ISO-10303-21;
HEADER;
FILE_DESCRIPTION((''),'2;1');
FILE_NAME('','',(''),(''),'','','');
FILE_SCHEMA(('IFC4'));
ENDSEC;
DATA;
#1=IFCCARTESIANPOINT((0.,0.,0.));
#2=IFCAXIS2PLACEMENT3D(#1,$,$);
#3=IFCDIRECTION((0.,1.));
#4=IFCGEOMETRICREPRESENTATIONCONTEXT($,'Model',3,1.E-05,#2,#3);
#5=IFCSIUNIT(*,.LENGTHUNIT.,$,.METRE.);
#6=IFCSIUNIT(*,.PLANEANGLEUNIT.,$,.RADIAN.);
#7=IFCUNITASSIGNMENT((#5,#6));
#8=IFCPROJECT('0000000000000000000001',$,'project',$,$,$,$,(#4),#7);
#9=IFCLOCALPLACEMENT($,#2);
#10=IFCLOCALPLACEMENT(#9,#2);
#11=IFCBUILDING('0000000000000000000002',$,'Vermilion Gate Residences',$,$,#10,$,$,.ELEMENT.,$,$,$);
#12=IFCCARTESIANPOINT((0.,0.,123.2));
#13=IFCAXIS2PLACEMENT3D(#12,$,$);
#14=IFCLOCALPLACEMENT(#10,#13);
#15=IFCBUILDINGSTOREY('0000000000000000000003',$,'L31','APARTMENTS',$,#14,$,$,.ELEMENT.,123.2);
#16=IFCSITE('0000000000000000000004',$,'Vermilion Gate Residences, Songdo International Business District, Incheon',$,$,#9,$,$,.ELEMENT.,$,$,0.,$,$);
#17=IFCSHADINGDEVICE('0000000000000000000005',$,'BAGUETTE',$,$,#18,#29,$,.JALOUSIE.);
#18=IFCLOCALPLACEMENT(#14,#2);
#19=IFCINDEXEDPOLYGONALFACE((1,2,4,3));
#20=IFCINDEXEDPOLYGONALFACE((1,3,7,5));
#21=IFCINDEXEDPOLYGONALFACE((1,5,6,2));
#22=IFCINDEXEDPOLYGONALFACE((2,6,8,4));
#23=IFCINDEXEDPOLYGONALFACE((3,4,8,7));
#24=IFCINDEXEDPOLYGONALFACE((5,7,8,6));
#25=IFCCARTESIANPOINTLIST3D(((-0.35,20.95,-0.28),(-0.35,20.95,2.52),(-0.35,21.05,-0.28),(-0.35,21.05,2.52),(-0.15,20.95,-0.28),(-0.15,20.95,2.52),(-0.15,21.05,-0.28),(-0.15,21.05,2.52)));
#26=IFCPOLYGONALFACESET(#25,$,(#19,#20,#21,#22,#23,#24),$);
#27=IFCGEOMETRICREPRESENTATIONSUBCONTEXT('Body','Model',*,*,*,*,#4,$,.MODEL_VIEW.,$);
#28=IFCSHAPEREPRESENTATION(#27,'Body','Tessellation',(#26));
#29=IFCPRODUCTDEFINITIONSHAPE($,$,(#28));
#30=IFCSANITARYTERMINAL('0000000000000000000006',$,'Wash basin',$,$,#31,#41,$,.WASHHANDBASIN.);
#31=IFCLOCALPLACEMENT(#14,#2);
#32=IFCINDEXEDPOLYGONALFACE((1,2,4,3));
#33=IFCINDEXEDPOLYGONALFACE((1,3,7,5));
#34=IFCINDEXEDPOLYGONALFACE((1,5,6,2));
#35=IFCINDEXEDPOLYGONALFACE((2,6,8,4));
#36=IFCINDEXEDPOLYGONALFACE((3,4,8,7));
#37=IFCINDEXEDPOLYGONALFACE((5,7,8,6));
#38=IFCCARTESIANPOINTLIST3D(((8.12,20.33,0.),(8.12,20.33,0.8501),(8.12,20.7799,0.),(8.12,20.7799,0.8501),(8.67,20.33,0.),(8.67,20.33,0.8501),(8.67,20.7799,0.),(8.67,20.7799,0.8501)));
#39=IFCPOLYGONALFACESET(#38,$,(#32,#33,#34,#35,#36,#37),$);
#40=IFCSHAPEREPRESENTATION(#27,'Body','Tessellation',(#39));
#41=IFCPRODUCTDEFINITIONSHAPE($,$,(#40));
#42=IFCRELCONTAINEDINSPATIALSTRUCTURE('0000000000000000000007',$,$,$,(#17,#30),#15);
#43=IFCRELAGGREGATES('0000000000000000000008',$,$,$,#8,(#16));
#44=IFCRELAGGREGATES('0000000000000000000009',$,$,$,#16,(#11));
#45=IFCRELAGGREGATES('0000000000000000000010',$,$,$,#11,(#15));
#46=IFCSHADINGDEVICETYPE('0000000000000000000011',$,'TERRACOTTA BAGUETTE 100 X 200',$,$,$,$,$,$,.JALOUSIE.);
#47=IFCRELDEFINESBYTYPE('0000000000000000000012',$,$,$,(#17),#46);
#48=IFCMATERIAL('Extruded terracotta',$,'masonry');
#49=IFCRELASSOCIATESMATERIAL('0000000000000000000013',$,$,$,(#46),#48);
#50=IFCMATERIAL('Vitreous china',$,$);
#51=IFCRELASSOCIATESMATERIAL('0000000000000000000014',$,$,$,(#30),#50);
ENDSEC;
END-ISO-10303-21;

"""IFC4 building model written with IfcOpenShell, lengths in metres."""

from ifc_helpers import new_model, si_unit, direction, frame, origin, origin_2d, place, context, subcontext, project, spatial, rectangle, extrude, material, material_profile, profile_set, type_object, element, save


model = new_model("IFC4")

# Units and contexts
model_context = context("Model", 3, precision=1e-05, world=origin(), true_north=direction((0.0, 1.0)))
body_context = subcontext(model_context, "Body", "Model", "MODEL_VIEW")
ifc_project = project(units=[si_unit("LENGTHUNIT", "METRE"), si_unit("PLANEANGLEUNIT", "RADIAN")], contexts=[model_context])

# Site, building, storey
site_placement = place(None, origin())
site = spatial("IfcSite", under=ifc_project, at=site_placement, Name="Vermilion Gate Residences, Songdo International Business District, Incheon", CompositionType="ELEMENT", RefElevation=0.0)
building_placement = place(site_placement, origin())
building = spatial("IfcBuilding", under=site, at=building_placement, Name="Vermilion Gate Residences", CompositionType="ELEMENT")
storey_placement = place(building_placement, frame((0.0, 0.0, 123.2)))
storey = spatial("IfcBuildingStorey", under=building, at=storey_placement, Name="L31", Description="APARTMENTS", CompositionType="ELEMENT", Elevation=123.2)

# Shading device
ifc_material_1 = material(Name="Extruded terracotta", Category="masonry")
ifc_material_profile_1 = material_profile(ifc_material_1, rectangle(XDim=0.2, YDim=0.1001, at=origin_2d()), Name="BAGUETTE 100 X 200")
ifc_profile_set_1 = profile_set([ifc_material_profile_1], Name="Extruded terracotta")
shading_device_type = type_object("IfcShadingDeviceType", Name="TERRACOTTA BAGUETTE 100 X 200", PredefinedType="JALOUSIE", material=ifc_profile_set_1)
shading_device_placement = place(storey_placement, frame((-0.25, 21.0, -0.28), z_axis=(0.0, 0.0, 1.0), x_axis=(1.0, 0.0, 0.0)))
element("IfcShadingDevice", 1, at=shading_device_placement, inside=storey, type_object=shading_device_type, Name="BAGUETTE", PredefinedType="JALOUSIE", context=body_context, shape_type="SweptSolid", body=[
    extrude(rectangle(XDim=0.2, YDim=0.1001, at=origin_2d()), origin(), (0.0, 0.0, 1.0), 2.8),
])

# Sanitary terminal
ifc_material_2 = material(Name="Vitreous china")
sanitary_terminal_placement = place(storey_placement, frame((8.395, 20.5549, 0.0), z_axis=(0.0, 0.0, 1.0), x_axis=(1.0, 0.0, 0.0)))
element("IfcSanitaryTerminal", 2, at=sanitary_terminal_placement, inside=storey, material=ifc_material_2, Name="Wash basin", PredefinedType="WASHHANDBASIN", context=body_context, shape_type="SweptSolid", body=[
    extrude(rectangle(XDim=0.55, YDim=0.45, at=origin_2d()), origin(), (0.0, 0.0, 1.0), 0.8501),
])

save(model, "model.ifc")
